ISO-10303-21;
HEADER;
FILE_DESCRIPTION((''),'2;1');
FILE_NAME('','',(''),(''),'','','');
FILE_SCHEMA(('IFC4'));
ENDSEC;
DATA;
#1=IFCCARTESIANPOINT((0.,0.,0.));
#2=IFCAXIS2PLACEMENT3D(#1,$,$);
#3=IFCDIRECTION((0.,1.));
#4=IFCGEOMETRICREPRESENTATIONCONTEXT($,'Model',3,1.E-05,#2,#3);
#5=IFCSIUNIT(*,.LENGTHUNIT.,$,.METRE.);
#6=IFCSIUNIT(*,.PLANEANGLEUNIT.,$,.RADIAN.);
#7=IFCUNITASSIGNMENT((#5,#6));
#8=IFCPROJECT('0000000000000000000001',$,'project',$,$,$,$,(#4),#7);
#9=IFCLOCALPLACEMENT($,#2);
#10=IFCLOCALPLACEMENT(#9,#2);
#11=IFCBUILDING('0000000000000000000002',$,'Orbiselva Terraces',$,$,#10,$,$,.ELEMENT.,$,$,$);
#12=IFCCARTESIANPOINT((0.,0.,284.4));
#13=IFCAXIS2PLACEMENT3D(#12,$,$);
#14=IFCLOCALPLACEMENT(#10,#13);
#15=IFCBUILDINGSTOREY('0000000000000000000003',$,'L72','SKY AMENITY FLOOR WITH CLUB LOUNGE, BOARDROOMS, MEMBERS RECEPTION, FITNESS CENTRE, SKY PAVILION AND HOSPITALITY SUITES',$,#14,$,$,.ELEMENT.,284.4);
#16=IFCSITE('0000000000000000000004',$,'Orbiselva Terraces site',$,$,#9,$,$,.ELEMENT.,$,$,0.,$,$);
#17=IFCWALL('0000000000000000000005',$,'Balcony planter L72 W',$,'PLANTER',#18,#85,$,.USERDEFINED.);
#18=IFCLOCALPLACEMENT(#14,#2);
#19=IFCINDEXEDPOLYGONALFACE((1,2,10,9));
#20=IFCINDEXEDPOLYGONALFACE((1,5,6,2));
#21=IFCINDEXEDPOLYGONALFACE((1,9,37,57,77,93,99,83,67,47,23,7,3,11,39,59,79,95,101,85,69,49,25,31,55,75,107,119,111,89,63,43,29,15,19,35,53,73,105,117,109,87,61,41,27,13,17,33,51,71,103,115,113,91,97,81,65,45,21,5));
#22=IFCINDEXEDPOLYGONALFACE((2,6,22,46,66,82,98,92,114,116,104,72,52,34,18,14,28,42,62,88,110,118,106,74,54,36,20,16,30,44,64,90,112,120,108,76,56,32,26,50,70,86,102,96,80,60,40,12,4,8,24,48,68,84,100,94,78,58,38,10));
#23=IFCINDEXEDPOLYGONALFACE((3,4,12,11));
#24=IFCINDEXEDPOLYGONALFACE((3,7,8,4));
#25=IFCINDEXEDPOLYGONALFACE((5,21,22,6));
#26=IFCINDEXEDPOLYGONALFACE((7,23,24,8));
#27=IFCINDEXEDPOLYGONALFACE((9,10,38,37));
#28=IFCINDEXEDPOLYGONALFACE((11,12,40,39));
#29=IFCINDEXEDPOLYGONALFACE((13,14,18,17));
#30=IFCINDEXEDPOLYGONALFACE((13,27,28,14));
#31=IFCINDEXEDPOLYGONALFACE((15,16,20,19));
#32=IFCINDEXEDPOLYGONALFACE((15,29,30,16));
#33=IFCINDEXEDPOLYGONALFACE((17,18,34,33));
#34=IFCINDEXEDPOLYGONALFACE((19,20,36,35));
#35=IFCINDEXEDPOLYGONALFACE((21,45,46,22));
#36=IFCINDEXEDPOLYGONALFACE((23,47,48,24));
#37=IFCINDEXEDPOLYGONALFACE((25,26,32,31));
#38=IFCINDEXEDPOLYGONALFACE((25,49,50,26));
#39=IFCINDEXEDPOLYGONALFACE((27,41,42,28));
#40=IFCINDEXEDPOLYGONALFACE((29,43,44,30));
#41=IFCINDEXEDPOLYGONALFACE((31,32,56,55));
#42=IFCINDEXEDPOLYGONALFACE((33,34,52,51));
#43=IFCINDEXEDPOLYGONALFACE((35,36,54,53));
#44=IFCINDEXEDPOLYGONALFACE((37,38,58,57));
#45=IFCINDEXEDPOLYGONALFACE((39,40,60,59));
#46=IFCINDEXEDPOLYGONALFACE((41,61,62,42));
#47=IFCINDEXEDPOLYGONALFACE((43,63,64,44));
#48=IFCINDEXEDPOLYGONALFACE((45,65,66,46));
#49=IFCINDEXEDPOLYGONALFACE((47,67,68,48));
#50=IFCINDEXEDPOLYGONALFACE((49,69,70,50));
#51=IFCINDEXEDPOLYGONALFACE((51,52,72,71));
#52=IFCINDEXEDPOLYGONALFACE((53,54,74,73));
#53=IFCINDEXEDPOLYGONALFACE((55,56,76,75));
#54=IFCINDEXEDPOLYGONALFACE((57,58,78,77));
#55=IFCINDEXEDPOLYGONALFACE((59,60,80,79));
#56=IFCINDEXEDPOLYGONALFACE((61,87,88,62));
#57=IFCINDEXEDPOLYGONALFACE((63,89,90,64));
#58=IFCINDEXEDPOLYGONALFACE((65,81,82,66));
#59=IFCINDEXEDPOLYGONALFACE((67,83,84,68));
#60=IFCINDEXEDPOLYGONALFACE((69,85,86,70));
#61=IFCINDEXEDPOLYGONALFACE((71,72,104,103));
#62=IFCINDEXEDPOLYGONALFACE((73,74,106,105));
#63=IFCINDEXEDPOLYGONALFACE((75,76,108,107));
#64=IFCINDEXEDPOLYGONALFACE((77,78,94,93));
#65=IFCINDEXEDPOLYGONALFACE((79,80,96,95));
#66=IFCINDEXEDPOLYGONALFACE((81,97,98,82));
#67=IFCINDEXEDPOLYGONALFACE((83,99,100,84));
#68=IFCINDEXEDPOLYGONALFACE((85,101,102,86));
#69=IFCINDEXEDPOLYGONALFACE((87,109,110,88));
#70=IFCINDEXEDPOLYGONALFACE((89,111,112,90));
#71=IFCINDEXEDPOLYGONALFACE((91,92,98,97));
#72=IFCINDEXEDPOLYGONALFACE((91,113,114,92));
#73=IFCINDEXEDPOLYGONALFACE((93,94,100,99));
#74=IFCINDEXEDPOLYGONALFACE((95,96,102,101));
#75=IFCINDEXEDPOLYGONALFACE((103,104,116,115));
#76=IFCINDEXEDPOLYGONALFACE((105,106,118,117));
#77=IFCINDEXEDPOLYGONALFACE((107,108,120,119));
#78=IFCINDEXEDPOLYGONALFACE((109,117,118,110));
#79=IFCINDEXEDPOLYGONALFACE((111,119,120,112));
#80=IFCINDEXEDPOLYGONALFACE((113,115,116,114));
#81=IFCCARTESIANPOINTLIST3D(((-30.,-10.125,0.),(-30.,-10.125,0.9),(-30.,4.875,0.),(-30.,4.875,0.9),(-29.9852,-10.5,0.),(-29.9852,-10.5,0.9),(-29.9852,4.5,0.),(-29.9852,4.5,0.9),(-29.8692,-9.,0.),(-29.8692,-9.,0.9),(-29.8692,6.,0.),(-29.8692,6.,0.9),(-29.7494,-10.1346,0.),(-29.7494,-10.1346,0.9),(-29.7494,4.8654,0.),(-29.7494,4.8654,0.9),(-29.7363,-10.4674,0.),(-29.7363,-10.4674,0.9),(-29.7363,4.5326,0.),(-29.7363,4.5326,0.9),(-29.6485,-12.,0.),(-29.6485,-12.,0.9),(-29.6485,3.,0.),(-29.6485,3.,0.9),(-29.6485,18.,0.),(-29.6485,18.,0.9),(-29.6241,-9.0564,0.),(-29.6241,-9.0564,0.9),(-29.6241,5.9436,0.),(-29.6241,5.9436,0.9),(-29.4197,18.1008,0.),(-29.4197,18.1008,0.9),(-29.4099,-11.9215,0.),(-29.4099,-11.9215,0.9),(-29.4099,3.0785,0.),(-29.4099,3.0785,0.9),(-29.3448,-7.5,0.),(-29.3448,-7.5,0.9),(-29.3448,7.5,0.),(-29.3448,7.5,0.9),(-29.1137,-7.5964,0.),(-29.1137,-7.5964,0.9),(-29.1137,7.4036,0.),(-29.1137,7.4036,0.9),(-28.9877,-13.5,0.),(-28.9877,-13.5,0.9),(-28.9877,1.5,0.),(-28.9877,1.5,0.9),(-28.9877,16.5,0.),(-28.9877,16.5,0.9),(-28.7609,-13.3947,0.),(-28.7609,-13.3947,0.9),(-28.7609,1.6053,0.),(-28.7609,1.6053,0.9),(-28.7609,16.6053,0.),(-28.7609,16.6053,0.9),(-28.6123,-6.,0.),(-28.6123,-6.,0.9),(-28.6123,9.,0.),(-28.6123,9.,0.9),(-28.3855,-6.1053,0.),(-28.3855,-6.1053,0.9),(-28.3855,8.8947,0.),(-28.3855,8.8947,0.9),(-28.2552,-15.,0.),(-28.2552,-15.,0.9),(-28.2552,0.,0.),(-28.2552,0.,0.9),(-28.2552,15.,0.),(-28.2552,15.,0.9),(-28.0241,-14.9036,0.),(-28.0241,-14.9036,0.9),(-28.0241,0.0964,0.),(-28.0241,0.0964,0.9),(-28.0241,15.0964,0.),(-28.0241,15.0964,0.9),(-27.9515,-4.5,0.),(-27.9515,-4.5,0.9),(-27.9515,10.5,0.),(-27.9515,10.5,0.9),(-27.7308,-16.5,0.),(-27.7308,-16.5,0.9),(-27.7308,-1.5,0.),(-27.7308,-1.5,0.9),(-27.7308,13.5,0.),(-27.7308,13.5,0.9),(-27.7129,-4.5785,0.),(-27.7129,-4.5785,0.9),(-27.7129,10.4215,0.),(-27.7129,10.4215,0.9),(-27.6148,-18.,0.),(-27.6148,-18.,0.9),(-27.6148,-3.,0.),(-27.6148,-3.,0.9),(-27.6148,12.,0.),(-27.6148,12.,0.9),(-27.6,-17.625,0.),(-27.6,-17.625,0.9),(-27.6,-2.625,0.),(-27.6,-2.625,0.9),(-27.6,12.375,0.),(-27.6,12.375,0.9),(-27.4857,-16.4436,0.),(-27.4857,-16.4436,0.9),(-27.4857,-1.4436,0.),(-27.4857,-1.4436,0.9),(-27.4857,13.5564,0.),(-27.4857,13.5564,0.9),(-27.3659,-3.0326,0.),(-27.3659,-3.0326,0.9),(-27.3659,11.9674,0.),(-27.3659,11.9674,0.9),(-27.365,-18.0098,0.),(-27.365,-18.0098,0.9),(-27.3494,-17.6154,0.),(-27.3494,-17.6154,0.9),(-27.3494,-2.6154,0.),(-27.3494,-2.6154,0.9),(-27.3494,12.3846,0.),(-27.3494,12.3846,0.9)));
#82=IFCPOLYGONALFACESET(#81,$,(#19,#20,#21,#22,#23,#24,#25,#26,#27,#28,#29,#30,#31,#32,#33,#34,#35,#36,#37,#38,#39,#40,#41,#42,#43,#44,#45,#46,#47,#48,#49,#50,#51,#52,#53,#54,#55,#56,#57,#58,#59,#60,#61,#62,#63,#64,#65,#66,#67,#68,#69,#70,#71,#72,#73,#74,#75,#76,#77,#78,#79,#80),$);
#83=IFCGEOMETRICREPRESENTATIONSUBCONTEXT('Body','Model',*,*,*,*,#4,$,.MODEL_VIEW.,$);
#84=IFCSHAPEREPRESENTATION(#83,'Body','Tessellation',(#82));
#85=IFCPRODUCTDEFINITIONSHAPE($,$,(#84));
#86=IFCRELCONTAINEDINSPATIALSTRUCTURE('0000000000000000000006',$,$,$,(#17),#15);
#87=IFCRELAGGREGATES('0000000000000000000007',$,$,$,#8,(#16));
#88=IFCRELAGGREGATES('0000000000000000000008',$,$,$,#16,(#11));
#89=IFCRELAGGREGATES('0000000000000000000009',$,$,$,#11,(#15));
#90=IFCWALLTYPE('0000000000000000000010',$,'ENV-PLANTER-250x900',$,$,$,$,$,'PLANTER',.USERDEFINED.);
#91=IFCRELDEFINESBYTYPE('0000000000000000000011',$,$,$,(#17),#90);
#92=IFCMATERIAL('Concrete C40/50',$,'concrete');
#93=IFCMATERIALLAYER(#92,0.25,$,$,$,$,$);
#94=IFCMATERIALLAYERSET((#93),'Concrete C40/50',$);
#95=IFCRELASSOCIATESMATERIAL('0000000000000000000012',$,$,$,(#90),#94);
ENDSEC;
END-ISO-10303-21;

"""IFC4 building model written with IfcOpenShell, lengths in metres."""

from ifc_helpers import new_model, si_unit, direction, frame, origin, place, context, subcontext, project, spatial, polyline, outline, extrude, material, layer, layer_set, type_object, element, save


model = new_model("IFC4")

# Units and contexts
model_context = context("Model", 3, precision=1e-05, world=origin(), true_north=direction((0.0, 1.0)))
body_context = subcontext(model_context, "Body", "Model", "MODEL_VIEW")
ifc_project = project(units=[si_unit("LENGTHUNIT", "METRE"), si_unit("PLANEANGLEUNIT", "RADIAN")], contexts=[model_context])

# Site, building, storey
site_placement = place(None, origin())
site = spatial("IfcSite", under=ifc_project, at=site_placement, Name="Orbiselva Terraces site", CompositionType="ELEMENT", RefElevation=0.0)
building_placement = place(site_placement, origin())
building = spatial("IfcBuilding", under=site, at=building_placement, Name="Orbiselva Terraces", CompositionType="ELEMENT")
storey_placement = place(building_placement, frame((0.0, 0.0, 284.4)))
storey = spatial("IfcBuildingStorey", under=building, at=storey_placement, Name="L72", Description="SKY AMENITY FLOOR WITH CLUB LOUNGE, BOARDROOMS, MEMBERS RECEPTION, FITNESS CENTRE, SKY PAVILION AND HOSPITALITY SUITES", CompositionType="ELEMENT", Elevation=284.4)

# Shared definitions
ifc_material_1 = material(Name="Concrete C40/50", Category="concrete")

# Wall
ifc_layer_1 = layer(ifc_material_1, 0.25)
ifc_layer_set_1 = layer_set([ifc_layer_1], Name="Concrete C40/50")
wall_type = type_object("IfcWallType", Name="ENV-PLANTER-250x900", ElementType="PLANTER", PredefinedType="USERDEFINED", material=ifc_layer_set_1)
wall_1_placement = place(storey_placement, origin())
element("IfcWall", 1, at=wall_1_placement, inside=storey, type_object=wall_type, Name="Balcony planter L72 W", ObjectType="PLANTER", PredefinedType="USERDEFINED", context=body_context, shape_type="SweptSolid", body=[
    extrude(outline(polyline([(-29.6485, 18.0), (-28.9877, 16.5), (-28.2552, 15.0), (-27.7308, 13.5), (-27.6, 12.375), (-27.6148, 12.0), (-27.9515, 10.5), (-28.6123, 9.0), (-29.3448, 7.5), (-29.8692, 6.0), (-30.0, 4.875), (-29.9852, 4.5), (-29.6485, 3.0), (-28.9877, 1.5), (-28.2552, 0.0), (-27.7308, -1.5), (-27.6, -2.625), (-27.6148, -3.0), (-27.9515, -4.5), (-28.6123, -6.0), (-29.3448, -7.5), (-29.8692, -9.0), (-30.0, -10.125), (-29.9852, -10.5), (-29.6485, -12.0), (-28.9877, -13.5), (-28.2552, -15.0), (-27.7308, -16.5), (-27.6, -17.625), (-27.6148, -18.0), (-27.365, -18.0098), (-27.3494, -17.6154), (-27.4857, -16.4436), (-28.0241, -14.9036), (-28.7609, -13.3947), (-29.4099, -11.9215), (-29.7363, -10.4674), (-29.7494, -10.1346), (-29.6241, -9.0564), (-29.1137, -7.5964), (-28.3855, -6.1053), (-27.7129, -4.5785), (-27.3659, -3.0326), (-27.3494, -2.6154), (-27.4857, -1.4436), (-28.0241, 0.0964), (-28.7609, 1.6053), (-29.4099, 3.0785), (-29.7363, 4.5326), (-29.7494, 4.8654), (-29.6241, 5.9436), (-29.1137, 7.4036), (-28.3855, 8.8947), (-27.7129, 10.4215), (-27.3659, 11.9674), (-27.3494, 12.3846), (-27.4857, 13.5564), (-28.0241, 15.0964), (-28.7609, 16.6053), (-29.4197, 18.1008), (-29.6485, 18.0)])), origin(), (0.0, 0.0, 1.0), 0.9),
])

save(model, "model.ifc")
